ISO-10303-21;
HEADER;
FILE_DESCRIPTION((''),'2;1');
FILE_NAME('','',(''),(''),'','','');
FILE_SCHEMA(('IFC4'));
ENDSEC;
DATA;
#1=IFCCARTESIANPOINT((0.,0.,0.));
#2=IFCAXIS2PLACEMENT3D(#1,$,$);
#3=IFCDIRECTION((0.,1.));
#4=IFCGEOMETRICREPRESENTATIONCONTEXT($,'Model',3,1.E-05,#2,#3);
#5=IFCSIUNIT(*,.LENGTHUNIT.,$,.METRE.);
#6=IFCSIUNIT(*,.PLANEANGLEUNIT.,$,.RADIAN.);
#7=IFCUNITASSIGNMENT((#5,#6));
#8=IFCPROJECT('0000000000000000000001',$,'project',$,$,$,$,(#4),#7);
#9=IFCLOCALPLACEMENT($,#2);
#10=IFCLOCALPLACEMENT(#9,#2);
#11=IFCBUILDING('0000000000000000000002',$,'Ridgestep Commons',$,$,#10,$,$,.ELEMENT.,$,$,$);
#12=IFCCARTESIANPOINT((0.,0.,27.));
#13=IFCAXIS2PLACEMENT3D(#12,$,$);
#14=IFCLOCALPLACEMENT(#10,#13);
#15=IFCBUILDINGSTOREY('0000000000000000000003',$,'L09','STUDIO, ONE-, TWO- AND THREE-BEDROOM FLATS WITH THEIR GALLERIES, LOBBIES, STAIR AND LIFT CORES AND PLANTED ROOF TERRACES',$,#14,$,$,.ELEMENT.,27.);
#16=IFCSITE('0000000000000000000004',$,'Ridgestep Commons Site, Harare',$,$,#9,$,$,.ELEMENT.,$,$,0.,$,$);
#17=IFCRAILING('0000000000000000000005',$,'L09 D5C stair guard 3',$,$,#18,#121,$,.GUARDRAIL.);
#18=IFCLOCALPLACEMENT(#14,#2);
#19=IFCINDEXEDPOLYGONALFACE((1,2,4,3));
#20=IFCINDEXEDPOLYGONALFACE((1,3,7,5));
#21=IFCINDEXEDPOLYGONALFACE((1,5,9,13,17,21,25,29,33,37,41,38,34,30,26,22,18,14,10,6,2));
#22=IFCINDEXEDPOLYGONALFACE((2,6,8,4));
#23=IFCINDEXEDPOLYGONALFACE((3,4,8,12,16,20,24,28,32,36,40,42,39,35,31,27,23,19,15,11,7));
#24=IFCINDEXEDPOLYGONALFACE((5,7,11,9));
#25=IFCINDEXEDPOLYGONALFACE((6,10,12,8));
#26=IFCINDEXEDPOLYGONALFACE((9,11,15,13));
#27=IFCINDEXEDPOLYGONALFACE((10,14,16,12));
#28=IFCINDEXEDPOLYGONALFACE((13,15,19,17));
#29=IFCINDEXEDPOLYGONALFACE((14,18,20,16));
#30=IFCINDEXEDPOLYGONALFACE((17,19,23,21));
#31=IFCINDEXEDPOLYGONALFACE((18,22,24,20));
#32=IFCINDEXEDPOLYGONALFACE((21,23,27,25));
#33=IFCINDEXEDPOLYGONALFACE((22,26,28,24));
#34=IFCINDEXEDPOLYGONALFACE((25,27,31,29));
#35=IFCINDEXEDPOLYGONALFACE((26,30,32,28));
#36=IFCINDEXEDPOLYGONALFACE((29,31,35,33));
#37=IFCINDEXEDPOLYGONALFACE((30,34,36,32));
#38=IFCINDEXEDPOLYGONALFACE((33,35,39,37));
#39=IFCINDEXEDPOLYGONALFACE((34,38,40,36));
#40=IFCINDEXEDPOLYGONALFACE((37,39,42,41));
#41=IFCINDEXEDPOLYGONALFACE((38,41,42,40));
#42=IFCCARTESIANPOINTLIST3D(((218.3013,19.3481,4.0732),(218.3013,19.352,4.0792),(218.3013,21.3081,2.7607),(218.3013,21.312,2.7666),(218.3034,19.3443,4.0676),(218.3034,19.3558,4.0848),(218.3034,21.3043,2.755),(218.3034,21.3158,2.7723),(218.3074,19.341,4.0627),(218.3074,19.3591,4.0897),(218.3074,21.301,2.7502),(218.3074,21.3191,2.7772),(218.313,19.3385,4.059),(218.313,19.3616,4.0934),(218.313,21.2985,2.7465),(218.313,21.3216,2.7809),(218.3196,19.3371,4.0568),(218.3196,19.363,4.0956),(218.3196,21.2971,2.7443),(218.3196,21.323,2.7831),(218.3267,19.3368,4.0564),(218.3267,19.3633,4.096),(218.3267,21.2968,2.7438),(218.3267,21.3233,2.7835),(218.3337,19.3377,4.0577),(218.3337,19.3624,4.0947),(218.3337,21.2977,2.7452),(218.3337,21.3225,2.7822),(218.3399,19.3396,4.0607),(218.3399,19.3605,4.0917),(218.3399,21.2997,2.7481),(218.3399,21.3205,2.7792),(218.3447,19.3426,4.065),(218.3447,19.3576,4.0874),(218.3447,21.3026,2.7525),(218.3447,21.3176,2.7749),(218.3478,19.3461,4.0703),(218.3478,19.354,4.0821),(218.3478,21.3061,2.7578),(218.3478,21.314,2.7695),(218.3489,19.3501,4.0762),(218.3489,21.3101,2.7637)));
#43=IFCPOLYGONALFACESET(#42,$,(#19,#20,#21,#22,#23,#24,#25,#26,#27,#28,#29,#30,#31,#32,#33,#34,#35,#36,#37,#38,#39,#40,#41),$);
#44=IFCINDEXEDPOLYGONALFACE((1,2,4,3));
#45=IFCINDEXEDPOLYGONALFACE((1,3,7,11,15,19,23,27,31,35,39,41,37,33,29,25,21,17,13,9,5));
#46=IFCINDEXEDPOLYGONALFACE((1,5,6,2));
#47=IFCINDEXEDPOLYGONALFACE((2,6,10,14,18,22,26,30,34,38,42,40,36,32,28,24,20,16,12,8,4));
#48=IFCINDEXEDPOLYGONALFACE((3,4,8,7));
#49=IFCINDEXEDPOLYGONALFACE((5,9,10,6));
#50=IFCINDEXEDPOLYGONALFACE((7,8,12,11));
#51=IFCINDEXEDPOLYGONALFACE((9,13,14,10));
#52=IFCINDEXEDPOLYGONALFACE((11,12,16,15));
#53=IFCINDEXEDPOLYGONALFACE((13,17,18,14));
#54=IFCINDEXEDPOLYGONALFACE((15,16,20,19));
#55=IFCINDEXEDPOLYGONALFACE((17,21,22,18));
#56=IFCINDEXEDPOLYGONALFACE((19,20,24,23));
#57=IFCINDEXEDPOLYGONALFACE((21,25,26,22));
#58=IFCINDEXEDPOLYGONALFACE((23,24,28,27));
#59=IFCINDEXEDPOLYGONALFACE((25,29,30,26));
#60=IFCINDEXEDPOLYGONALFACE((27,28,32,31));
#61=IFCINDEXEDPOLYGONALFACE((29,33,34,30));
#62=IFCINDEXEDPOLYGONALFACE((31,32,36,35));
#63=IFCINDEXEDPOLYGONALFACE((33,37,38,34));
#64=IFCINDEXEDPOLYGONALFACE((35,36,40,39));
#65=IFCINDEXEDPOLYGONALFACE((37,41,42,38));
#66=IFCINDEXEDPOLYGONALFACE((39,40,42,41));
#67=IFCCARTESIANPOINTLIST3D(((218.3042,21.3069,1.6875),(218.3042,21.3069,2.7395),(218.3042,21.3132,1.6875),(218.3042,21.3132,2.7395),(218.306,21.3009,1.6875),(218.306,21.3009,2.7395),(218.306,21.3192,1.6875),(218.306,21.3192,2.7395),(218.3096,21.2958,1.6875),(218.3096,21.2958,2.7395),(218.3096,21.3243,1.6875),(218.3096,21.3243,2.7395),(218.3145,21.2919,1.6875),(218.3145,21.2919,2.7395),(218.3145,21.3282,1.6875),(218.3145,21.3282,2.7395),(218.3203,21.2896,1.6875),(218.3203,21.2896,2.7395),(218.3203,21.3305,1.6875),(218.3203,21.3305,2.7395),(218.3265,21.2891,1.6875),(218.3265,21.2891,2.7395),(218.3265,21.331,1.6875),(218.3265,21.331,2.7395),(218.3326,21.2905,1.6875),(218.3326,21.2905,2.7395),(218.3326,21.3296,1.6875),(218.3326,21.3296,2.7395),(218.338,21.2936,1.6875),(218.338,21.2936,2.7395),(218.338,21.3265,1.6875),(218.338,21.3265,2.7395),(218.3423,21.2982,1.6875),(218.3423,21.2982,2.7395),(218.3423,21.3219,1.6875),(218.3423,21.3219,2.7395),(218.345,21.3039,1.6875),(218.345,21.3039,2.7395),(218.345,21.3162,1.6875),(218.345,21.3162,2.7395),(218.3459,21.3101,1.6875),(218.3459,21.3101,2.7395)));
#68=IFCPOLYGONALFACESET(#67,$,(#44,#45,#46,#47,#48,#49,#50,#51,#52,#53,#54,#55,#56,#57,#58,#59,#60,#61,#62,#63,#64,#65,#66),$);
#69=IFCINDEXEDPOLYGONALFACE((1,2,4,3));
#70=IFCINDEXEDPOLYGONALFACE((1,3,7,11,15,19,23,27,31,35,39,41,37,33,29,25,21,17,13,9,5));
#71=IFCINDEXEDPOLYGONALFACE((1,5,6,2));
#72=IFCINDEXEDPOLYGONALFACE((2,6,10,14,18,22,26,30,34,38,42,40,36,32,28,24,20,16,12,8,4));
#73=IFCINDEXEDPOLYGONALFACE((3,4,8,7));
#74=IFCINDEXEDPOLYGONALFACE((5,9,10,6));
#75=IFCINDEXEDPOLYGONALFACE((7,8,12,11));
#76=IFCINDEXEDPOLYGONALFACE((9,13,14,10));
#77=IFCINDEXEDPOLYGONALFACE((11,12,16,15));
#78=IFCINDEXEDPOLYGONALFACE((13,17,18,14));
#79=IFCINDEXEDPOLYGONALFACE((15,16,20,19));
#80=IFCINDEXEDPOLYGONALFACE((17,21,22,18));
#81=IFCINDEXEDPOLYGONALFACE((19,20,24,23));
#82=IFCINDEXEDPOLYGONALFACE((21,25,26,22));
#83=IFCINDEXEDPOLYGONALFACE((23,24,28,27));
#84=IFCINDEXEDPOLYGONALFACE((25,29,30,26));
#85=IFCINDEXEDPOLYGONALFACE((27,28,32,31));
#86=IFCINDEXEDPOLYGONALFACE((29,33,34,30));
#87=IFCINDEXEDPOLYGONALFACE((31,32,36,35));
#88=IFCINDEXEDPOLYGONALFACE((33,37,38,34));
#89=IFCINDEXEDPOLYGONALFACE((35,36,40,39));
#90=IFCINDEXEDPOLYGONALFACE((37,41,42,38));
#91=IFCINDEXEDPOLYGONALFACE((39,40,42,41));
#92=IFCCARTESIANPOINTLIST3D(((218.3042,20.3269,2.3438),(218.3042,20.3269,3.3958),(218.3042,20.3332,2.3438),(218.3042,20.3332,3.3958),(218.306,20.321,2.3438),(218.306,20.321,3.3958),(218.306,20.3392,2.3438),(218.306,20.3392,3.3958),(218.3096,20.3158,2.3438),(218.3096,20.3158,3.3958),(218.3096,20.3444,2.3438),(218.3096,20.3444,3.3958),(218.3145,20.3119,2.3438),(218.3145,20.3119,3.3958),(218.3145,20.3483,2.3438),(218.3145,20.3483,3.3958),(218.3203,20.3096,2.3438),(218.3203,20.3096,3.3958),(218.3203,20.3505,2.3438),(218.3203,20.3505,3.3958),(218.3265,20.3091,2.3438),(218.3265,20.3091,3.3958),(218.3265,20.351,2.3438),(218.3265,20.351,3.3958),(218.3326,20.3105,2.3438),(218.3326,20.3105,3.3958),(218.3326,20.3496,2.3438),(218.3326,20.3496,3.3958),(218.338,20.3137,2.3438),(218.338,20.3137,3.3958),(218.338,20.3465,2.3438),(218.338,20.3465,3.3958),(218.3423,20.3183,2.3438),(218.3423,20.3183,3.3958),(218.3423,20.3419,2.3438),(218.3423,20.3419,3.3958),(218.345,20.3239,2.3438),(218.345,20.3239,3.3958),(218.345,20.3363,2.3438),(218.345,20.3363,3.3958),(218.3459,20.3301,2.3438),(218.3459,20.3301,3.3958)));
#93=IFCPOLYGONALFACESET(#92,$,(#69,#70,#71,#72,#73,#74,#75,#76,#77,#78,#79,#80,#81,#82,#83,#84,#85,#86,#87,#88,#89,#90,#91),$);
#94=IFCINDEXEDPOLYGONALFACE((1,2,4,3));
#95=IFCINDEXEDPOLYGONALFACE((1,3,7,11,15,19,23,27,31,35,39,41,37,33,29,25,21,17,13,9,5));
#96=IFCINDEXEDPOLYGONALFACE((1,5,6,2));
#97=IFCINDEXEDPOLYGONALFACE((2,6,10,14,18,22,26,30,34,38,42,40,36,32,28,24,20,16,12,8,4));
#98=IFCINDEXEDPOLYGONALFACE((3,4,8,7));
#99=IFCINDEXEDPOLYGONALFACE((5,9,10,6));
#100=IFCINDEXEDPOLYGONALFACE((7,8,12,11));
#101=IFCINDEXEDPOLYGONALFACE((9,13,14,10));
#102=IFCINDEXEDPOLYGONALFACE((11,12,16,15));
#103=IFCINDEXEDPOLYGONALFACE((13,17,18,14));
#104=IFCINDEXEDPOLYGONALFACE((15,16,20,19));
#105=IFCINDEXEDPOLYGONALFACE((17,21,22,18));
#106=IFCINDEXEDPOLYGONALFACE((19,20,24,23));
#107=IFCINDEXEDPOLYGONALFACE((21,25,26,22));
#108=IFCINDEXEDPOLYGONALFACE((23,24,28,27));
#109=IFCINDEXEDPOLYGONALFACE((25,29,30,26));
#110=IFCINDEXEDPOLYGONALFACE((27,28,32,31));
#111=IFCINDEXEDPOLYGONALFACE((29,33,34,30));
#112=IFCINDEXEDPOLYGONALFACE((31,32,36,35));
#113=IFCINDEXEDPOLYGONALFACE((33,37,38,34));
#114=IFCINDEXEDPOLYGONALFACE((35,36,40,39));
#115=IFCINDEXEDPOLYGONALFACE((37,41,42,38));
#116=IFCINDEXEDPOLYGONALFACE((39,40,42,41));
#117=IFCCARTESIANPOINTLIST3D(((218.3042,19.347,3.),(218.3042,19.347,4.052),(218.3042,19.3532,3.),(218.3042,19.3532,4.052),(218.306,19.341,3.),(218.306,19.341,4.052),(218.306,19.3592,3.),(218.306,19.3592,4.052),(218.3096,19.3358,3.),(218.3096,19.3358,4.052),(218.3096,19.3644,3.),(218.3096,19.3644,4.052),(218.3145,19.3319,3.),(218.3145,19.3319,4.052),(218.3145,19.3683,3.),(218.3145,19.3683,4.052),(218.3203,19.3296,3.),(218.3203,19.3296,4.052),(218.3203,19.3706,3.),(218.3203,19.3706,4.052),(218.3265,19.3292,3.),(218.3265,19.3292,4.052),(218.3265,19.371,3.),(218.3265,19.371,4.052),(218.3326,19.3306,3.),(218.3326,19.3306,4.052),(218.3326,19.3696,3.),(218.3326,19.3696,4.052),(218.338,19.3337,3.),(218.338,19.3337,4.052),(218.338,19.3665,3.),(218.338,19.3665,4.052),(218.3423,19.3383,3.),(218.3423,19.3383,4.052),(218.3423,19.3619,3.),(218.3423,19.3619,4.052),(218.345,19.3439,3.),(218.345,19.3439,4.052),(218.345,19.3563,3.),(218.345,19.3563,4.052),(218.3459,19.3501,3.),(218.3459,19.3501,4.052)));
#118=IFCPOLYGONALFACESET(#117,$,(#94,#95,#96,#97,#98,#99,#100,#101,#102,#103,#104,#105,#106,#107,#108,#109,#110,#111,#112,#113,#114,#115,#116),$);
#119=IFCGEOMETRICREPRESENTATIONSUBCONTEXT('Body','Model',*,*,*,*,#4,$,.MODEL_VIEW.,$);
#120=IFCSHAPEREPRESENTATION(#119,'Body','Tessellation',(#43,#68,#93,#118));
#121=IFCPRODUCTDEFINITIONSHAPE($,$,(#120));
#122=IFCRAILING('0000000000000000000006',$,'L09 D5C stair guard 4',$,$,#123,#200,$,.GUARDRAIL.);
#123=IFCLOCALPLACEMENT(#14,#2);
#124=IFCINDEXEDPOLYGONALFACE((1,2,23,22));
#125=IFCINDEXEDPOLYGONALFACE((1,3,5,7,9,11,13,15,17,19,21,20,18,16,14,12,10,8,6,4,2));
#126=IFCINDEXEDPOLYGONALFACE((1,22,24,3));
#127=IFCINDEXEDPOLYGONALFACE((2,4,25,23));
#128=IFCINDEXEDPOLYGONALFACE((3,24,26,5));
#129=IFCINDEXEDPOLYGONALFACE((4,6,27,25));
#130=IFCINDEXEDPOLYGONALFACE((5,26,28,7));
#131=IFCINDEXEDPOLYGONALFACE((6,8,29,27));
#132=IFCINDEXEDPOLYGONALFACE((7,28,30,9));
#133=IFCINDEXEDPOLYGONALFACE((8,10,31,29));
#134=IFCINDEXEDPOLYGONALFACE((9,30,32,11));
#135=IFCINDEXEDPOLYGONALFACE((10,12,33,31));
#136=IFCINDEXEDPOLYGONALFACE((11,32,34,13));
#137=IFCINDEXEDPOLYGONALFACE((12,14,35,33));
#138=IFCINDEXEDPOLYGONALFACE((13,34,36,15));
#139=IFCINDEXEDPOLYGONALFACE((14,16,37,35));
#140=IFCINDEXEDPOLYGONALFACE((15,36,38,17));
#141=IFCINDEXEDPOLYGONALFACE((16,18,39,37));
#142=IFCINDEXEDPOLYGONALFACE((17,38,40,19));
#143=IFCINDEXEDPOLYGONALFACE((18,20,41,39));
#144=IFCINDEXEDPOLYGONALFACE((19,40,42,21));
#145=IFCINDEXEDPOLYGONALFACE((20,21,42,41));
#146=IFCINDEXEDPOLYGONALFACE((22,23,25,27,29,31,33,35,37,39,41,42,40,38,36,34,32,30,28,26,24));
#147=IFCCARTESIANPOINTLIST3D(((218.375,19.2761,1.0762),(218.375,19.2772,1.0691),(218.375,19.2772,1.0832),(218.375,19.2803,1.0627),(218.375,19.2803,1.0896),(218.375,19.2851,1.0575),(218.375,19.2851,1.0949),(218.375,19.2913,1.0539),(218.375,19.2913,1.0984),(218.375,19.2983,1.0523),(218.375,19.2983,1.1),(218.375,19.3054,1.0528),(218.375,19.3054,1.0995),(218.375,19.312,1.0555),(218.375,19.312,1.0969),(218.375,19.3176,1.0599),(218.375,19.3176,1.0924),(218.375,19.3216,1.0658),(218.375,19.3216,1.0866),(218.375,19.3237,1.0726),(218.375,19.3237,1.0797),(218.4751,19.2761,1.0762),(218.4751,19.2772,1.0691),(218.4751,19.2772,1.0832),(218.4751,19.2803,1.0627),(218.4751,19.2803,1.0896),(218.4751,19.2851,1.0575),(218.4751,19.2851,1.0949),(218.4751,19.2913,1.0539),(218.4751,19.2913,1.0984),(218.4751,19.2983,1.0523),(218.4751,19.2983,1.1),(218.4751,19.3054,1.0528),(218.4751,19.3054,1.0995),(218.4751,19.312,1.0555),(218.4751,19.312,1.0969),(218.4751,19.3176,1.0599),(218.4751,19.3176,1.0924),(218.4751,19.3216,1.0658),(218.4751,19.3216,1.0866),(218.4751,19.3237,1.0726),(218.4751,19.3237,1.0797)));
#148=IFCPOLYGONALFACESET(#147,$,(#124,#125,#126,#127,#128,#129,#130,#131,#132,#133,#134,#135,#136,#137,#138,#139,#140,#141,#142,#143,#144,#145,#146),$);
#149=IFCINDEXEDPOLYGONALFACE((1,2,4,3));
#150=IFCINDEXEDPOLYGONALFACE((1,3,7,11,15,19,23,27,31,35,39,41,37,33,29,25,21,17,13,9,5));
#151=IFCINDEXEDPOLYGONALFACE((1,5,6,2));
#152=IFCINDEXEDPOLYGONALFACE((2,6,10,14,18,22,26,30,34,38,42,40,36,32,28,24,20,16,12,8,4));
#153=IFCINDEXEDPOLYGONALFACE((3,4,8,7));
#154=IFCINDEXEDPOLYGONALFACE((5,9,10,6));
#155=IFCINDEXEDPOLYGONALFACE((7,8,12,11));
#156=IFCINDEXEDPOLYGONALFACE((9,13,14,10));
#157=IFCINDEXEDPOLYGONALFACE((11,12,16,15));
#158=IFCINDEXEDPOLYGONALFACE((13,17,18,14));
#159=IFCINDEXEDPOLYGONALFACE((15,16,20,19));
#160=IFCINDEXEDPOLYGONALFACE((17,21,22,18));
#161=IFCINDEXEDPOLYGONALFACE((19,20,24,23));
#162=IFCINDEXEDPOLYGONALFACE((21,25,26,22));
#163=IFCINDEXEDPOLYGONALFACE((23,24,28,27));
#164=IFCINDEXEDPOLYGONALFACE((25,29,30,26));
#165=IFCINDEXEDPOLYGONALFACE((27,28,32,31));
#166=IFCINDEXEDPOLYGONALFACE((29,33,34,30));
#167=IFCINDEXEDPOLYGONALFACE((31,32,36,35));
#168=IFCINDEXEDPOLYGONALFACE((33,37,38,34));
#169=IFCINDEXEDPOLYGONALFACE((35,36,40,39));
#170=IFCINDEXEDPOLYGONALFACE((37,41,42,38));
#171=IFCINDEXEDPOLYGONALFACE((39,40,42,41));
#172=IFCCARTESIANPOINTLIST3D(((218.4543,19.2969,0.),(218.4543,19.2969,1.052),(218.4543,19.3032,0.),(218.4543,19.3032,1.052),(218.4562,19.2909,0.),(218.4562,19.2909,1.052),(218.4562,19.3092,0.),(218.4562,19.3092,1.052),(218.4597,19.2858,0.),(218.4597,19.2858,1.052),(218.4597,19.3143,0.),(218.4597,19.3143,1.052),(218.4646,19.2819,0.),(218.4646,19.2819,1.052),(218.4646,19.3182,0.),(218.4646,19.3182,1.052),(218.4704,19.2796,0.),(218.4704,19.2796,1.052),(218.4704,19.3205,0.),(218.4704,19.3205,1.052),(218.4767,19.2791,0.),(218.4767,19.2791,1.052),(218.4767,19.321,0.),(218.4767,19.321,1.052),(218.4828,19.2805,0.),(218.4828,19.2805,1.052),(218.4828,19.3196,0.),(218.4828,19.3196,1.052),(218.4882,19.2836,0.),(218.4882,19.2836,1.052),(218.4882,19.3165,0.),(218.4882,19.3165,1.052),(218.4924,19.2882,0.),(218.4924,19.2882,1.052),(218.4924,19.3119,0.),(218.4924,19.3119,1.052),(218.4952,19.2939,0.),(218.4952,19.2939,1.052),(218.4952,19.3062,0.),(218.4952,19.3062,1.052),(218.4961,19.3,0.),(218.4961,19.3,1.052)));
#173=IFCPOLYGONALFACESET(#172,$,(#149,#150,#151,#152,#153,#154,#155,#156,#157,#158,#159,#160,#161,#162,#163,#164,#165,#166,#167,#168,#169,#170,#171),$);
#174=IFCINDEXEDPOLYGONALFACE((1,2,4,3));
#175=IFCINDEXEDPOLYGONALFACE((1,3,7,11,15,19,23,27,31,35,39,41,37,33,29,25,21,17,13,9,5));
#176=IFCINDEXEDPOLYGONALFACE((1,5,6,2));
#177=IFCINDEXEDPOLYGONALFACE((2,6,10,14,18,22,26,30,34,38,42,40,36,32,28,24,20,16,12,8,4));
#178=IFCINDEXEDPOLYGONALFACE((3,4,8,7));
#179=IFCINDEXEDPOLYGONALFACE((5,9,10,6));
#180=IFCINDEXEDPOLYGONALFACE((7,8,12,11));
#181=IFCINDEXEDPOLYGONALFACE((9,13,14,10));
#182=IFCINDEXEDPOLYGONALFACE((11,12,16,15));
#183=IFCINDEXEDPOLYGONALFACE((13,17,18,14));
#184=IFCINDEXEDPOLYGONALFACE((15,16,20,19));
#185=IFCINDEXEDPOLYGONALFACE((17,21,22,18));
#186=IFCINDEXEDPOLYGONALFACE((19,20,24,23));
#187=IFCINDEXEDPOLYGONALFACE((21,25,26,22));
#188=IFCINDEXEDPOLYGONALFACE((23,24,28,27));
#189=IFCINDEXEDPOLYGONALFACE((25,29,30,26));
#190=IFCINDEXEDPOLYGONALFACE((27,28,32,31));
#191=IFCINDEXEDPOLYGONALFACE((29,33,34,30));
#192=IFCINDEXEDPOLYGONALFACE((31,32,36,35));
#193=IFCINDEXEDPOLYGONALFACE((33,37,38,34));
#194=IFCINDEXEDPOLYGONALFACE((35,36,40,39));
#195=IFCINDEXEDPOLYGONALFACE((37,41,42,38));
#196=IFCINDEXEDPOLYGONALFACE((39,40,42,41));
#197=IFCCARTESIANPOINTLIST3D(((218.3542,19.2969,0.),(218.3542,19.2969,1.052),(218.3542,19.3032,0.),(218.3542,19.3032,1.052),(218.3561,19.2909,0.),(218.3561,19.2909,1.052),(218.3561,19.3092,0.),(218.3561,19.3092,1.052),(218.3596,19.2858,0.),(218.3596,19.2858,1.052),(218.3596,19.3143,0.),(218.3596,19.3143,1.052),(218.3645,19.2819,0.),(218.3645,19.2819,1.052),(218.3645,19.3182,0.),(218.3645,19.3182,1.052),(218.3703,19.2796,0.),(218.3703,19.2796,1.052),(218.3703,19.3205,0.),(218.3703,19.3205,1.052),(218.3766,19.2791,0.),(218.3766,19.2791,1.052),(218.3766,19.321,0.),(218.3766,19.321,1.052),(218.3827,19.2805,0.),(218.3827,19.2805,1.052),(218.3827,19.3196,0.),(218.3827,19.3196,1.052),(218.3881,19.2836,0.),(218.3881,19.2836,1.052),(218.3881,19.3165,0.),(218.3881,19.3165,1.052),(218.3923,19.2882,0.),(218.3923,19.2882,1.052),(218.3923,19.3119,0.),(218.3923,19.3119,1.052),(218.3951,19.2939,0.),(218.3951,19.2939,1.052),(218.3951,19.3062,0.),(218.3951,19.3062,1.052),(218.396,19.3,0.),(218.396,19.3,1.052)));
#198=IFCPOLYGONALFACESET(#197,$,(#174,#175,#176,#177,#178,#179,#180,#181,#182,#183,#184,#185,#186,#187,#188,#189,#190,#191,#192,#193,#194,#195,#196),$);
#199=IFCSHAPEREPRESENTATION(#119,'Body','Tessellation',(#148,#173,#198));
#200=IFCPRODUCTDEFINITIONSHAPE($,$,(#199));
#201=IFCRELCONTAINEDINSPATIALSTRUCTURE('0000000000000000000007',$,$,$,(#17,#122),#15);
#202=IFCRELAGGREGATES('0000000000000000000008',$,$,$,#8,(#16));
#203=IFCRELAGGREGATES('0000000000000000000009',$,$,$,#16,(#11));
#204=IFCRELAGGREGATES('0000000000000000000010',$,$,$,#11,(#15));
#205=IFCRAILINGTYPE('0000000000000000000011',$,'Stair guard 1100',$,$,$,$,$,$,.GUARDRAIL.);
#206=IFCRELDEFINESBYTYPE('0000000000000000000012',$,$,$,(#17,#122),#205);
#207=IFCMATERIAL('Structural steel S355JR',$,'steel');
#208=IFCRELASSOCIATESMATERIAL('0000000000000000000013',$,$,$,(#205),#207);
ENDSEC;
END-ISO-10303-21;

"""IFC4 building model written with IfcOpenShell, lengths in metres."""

from ifc_helpers import new_model, si_unit, direction, frame, origin, origin_2d, place, context, subcontext, project, spatial, circle, extrude, material, type_object, element, save


model = new_model("IFC4")

# Units and contexts
model_context = context("Model", 3, precision=1e-05, world=origin(), true_north=direction((0.0, 1.0)))
body_context = subcontext(model_context, "Body", "Model", "MODEL_VIEW")
ifc_project = project(units=[si_unit("LENGTHUNIT", "METRE"), si_unit("PLANEANGLEUNIT", "RADIAN")], contexts=[model_context])

# Site, building, storey
site_placement = place(None, origin())
site = spatial("IfcSite", under=ifc_project, at=site_placement, Name="Ridgestep Commons Site, Harare", CompositionType="ELEMENT", RefElevation=0.0)
building_placement = place(site_placement, origin())
building = spatial("IfcBuilding", under=site, at=building_placement, Name="Ridgestep Commons", CompositionType="ELEMENT")
storey_placement = place(building_placement, frame((0.0, 0.0, 27.0)))
storey = spatial("IfcBuildingStorey", under=building, at=storey_placement, Name="L09", Description="STUDIO, ONE-, TWO- AND THREE-BEDROOM FLATS WITH THEIR GALLERIES, LOBBIES, STAIR AND LIFT CORES AND PLANTED ROOF TERRACES", CompositionType="ELEMENT", Elevation=27.0)

# Railings
ifc_material_1 = material(Name="Structural steel S355JR", Category="steel")
railing_type_1 = type_object("IfcRailingType", Name="Stair guard 1100", PredefinedType="GUARDRAIL", material=ifc_material_1)
railing_1_placement = place(storey_placement, frame((218.325, 21.3101, 1.6875)))
element("IfcRailing", 1, at=railing_1_placement, inside=storey, type_object=railing_type_1, Name="L09 D5C stair guard 3", PredefinedType="GUARDRAIL", context=body_context, shape_type="SweptSolid", body=[
    extrude(circle(Radius=0.0239, at=origin_2d()), frame((0.0, 0.0, 1.0762), z_axis=(0.0, -0.830902, 0.556419), x_axis=(1.0, 0.0, 0.0)), (0.0, 0.0, 1.0), 2.3589),
    extrude(circle(Radius=0.021, at=origin_2d()), origin(), (0.0, 0.0, 1.0), 1.052),
    extrude(circle(Radius=0.021, at=origin_2d()), frame((0.0, -0.98, 0.6562)), (0.0, 0.0, 1.0), 1.052),
    extrude(circle(Radius=0.021, at=origin_2d()), frame((0.0, -1.96, 1.3125)), (0.0, 0.0, 1.0), 1.052),
])
railing_2_placement = place(storey_placement, frame((218.4751, 19.3, 0.0)))
element("IfcRailing", 2, at=railing_2_placement, inside=storey, type_object=railing_type_1, Name="L09 D5C stair guard 4", PredefinedType="GUARDRAIL", context=body_context, shape_type="SweptSolid", body=[
    extrude(circle(Radius=0.0239, at=origin_2d()), frame((0.0, 0.0, 1.0762), z_axis=(-1.0, 0.0, 0.0), x_axis=(0.0, -1.0, 0.0)), (0.0, 0.0, 1.0), 0.1001),
    extrude(circle(Radius=0.021, at=origin_2d()), origin(), (0.0, 0.0, 1.0), 1.052),
    extrude(circle(Radius=0.021, at=origin_2d()), frame((-0.1001, 0.0, 0.0)), (0.0, 0.0, 1.0), 1.052),
])

save(model, "model.ifc")
